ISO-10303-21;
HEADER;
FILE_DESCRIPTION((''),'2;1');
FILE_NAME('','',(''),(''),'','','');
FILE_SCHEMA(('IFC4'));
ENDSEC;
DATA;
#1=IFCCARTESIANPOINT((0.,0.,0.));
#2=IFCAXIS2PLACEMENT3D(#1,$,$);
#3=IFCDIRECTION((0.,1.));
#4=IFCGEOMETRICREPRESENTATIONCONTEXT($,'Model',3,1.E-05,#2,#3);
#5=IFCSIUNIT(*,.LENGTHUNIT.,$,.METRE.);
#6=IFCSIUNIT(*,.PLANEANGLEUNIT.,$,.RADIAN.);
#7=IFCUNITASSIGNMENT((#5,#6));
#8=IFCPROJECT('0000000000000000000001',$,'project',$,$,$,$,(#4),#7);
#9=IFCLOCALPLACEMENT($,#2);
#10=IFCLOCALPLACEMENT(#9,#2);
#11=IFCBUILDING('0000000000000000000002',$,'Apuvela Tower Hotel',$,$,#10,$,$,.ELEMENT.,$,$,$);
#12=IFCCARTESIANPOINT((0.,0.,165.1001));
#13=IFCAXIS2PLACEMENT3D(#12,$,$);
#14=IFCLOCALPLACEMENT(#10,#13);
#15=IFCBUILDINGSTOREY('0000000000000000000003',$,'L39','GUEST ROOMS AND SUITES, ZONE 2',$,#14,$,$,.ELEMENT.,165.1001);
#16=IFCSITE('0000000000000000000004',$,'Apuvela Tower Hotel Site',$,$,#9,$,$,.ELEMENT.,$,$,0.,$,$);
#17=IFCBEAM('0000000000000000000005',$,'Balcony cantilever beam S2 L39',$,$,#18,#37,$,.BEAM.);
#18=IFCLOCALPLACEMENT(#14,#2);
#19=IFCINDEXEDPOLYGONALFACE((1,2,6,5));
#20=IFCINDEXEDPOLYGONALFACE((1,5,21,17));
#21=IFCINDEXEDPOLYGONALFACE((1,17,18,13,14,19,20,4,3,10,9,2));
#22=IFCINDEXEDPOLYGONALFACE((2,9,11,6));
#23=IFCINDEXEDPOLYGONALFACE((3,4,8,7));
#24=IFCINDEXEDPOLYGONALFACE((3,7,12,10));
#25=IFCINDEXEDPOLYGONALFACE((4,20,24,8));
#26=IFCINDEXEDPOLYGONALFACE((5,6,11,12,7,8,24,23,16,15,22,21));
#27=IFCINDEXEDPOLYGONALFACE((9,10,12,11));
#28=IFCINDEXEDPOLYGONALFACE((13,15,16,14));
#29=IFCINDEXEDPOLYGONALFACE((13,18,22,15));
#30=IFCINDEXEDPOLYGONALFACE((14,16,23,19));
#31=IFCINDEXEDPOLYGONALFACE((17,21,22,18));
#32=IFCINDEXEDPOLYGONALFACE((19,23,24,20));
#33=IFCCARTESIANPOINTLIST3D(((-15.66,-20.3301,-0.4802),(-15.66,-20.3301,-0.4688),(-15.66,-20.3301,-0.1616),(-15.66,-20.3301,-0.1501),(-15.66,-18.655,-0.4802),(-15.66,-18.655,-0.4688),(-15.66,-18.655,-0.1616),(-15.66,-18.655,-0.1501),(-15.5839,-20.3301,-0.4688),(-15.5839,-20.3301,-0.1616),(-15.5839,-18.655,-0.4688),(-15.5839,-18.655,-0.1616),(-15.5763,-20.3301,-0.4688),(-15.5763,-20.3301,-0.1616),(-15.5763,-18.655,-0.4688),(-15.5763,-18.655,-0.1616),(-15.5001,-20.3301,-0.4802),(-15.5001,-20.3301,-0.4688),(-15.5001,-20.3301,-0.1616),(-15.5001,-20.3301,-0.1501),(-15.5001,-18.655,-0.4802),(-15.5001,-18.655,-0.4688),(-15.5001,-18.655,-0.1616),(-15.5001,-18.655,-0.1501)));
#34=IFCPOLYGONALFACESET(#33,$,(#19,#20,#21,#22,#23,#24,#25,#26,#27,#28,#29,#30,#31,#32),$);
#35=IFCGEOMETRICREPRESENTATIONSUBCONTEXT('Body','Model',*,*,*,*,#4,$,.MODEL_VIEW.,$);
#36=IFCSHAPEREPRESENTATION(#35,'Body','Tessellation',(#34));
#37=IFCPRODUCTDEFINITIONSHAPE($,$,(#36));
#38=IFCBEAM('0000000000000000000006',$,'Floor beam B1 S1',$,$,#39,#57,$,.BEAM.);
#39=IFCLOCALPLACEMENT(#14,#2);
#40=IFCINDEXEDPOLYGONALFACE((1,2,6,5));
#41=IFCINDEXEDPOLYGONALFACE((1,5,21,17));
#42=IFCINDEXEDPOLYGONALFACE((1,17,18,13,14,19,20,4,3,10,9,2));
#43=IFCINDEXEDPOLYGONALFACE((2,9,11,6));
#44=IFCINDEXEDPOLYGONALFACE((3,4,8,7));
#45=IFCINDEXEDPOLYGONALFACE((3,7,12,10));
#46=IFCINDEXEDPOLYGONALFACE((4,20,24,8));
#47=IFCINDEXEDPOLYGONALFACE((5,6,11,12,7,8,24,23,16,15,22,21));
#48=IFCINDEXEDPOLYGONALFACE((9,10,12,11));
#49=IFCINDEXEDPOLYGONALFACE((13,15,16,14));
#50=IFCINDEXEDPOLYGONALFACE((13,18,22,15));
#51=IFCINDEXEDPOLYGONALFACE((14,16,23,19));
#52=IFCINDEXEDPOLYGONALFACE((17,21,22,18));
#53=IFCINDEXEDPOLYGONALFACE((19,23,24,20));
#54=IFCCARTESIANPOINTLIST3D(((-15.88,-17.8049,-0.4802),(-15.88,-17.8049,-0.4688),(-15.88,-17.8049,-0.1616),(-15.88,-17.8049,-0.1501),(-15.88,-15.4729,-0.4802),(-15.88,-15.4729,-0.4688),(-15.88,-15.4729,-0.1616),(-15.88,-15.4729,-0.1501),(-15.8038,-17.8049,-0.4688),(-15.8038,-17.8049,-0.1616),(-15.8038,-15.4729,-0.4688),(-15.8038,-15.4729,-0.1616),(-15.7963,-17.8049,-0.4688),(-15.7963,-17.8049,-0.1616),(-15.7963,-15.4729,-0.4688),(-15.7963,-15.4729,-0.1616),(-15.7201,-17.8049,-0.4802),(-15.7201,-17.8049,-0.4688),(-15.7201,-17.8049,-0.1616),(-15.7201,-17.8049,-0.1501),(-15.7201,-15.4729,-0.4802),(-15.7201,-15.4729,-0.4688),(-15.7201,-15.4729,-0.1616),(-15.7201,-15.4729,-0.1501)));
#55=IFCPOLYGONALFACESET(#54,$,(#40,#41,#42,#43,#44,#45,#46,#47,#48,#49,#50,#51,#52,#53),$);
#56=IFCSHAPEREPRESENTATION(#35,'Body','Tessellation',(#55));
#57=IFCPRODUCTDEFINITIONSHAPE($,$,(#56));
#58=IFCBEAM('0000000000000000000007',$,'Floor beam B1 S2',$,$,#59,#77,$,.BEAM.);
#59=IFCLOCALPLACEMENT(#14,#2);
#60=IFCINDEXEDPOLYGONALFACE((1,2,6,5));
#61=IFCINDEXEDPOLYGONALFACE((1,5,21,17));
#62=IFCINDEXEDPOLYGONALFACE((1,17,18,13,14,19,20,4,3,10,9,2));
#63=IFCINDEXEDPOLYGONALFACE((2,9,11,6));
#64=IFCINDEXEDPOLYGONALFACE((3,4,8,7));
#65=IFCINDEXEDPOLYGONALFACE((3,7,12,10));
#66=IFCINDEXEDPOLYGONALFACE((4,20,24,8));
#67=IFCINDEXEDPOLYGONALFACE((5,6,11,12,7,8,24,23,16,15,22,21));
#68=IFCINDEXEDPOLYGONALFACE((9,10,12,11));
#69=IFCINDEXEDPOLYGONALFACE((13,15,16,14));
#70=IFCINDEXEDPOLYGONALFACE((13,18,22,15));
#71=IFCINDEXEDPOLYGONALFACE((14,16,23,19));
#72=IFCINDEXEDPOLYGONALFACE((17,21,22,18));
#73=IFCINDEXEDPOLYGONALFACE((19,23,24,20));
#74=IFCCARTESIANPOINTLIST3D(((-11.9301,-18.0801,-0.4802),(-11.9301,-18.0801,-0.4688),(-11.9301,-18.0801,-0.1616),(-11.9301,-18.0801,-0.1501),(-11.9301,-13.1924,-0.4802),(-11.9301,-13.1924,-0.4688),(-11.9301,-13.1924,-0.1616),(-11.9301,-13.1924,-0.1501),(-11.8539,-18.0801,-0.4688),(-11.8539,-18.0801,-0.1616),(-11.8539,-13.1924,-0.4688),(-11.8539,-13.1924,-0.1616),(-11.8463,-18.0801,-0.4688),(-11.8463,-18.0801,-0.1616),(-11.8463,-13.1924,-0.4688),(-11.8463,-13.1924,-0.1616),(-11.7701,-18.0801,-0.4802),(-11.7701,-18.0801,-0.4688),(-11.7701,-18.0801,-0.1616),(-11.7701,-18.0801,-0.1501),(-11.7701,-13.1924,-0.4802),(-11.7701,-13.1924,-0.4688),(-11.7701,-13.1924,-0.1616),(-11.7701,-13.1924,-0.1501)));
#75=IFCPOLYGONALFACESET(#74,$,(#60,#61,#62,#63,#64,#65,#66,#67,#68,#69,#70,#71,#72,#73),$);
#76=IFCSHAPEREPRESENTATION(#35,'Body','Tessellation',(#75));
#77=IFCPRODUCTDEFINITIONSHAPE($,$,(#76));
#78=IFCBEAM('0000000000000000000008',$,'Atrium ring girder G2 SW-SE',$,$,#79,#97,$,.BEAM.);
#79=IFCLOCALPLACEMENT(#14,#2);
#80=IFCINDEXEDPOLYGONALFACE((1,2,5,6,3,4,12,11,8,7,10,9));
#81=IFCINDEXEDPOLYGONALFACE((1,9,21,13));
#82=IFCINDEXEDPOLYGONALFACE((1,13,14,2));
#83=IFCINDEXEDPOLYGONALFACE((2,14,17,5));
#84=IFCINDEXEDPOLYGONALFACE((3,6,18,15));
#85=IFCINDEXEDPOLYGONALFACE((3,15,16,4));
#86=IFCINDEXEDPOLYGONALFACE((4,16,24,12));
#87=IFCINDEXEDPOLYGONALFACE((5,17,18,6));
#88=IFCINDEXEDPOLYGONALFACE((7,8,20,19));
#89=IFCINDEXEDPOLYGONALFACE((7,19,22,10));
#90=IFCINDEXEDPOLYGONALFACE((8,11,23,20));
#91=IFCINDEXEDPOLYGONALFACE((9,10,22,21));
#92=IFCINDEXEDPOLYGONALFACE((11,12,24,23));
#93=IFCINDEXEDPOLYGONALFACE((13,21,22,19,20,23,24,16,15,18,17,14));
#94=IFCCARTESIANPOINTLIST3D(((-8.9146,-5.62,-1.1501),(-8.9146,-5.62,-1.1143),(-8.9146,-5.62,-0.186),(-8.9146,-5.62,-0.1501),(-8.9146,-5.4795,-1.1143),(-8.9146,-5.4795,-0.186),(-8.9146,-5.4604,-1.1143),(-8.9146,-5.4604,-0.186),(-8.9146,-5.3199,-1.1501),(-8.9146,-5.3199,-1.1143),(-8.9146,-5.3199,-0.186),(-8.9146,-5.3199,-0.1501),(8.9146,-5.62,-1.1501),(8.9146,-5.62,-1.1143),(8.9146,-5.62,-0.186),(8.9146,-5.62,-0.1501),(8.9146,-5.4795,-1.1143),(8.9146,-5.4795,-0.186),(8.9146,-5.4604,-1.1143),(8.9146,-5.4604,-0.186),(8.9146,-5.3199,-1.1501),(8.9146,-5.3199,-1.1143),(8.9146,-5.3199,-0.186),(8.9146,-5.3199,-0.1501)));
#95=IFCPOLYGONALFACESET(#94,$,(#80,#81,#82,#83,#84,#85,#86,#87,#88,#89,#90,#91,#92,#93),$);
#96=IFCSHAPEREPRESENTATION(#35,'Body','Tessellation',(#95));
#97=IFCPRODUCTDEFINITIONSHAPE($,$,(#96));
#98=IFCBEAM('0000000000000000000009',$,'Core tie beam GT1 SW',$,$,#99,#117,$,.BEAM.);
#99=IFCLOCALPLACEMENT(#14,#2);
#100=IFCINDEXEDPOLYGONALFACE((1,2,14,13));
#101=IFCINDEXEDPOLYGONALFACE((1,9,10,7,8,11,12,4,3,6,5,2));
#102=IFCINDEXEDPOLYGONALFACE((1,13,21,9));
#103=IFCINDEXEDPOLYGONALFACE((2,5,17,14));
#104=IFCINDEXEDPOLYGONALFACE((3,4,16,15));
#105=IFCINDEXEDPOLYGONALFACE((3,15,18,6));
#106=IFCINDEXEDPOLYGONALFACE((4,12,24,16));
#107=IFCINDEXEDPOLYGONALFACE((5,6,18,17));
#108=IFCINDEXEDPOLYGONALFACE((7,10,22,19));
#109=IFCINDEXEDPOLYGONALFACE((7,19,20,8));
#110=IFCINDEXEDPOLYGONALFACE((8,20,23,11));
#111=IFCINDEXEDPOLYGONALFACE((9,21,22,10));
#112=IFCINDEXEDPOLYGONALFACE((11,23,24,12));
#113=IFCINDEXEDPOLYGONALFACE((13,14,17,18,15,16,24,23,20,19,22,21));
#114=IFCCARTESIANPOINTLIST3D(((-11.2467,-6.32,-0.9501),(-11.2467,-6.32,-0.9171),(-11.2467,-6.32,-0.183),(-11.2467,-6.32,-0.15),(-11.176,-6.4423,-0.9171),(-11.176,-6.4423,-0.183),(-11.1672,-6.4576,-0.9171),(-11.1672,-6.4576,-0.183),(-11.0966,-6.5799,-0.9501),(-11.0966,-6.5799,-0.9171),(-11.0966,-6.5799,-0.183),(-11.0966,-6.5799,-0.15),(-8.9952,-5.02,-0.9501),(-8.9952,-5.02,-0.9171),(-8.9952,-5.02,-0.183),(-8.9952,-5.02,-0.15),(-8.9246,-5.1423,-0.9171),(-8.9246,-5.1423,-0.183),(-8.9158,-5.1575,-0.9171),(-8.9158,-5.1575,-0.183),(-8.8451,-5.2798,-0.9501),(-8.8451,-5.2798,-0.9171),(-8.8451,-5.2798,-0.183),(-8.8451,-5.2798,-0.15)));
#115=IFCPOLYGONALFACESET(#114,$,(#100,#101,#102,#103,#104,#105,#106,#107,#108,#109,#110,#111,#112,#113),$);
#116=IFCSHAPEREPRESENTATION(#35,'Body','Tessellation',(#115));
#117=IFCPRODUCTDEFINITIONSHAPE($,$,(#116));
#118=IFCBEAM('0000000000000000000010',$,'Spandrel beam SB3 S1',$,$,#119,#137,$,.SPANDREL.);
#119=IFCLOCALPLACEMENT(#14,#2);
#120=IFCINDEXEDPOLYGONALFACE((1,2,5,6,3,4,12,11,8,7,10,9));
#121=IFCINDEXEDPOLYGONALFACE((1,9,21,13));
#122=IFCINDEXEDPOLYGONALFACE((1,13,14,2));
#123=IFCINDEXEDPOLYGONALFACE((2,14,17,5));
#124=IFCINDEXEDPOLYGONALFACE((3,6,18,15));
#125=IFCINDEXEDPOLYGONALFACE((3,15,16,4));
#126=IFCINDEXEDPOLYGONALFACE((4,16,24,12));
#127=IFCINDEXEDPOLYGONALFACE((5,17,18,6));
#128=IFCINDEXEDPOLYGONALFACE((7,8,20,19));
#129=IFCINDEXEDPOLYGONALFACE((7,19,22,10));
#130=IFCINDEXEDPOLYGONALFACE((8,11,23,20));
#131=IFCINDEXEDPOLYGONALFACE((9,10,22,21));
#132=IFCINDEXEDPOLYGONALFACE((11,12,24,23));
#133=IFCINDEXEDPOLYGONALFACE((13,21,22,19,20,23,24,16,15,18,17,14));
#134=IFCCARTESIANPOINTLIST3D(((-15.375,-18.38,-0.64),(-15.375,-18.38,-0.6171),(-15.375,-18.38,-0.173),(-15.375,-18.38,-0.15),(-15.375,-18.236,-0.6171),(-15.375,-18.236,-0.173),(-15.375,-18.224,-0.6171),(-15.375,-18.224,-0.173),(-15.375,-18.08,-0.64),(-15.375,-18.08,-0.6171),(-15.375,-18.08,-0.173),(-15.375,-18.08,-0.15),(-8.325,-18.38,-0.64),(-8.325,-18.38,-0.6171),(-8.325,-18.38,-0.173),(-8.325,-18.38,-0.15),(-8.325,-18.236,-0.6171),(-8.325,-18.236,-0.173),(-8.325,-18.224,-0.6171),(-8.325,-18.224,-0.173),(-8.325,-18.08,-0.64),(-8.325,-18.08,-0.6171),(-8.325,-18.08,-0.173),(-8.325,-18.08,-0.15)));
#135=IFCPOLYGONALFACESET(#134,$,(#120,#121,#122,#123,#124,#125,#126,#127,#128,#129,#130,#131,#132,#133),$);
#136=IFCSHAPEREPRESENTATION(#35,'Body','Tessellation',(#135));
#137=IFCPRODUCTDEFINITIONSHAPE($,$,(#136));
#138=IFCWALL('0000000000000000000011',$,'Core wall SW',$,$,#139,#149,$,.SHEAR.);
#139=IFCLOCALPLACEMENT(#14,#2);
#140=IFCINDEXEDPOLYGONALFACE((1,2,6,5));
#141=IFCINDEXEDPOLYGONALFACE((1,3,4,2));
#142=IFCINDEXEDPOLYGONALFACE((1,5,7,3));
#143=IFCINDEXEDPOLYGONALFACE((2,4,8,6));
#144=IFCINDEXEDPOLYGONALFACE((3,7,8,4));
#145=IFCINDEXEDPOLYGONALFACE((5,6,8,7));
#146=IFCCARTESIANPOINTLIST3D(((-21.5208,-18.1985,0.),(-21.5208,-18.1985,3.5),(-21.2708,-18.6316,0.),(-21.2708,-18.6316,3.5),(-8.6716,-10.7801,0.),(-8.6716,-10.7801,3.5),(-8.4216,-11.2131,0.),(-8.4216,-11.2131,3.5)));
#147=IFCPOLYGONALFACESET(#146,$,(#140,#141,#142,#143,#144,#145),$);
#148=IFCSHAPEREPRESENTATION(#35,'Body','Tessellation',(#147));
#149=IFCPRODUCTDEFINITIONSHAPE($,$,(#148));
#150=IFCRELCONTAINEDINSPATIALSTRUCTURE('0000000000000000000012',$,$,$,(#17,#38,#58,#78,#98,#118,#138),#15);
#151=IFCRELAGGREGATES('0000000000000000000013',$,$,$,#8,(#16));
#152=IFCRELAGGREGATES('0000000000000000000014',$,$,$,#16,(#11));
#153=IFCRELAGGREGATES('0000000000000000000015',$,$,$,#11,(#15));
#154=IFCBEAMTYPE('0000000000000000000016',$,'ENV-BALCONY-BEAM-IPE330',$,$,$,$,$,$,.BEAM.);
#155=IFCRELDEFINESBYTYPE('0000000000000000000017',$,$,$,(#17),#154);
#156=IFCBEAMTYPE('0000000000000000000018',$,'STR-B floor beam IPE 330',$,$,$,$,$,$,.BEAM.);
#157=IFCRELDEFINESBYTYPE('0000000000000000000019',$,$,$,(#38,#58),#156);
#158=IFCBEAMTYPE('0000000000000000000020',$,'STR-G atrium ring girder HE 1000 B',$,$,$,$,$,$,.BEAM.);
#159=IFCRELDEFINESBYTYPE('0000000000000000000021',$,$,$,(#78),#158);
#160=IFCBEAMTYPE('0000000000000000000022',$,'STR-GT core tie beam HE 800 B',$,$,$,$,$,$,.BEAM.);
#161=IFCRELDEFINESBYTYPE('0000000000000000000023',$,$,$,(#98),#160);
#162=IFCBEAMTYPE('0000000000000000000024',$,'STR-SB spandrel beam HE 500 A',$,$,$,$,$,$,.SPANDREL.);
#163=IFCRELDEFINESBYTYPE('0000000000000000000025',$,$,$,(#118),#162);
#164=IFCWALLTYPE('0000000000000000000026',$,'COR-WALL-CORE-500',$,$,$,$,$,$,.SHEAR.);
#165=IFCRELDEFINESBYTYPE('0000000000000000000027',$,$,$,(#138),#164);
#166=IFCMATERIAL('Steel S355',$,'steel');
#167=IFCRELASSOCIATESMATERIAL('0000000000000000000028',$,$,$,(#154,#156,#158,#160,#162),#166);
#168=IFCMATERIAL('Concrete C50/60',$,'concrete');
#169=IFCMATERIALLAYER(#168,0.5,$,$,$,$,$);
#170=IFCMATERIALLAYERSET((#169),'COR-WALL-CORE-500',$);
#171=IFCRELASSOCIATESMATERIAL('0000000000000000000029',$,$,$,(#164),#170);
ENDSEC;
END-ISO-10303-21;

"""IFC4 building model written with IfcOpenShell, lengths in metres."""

from ifc_helpers import new_model, si_unit, direction, frame, frame_2d, origin, origin_2d, place, context, subcontext, project, spatial, rectangle, i_section, extrude, material, layer, layer_set, material_profile, profile_set, type_object, element, save


model = new_model("IFC4")

# Units and contexts
model_context = context("Model", 3, precision=1e-05, world=origin(), true_north=direction((0.0, 1.0)))
body_context = subcontext(model_context, "Body", "Model", "MODEL_VIEW")
ifc_project = project(units=[si_unit("LENGTHUNIT", "METRE"), si_unit("PLANEANGLEUNIT", "RADIAN")], contexts=[model_context])

# Site, building, storey
site_placement = place(None, origin())
site = spatial("IfcSite", under=ifc_project, at=site_placement, Name="Apuvela Tower Hotel Site", CompositionType="ELEMENT", RefElevation=0.0)
building_placement = place(site_placement, origin())
building = spatial("IfcBuilding", under=site, at=building_placement, Name="Apuvela Tower Hotel", CompositionType="ELEMENT")
storey_placement = place(building_placement, frame((0.0, 0.0, 165.1001)))
storey = spatial("IfcBuildingStorey", under=building, at=storey_placement, Name="L39", Description="GUEST ROOMS AND SUITES, ZONE 2", CompositionType="ELEMENT", Elevation=165.1001)

# Beams
ifc_material_1 = material(Name="Steel S355", Category="steel")
ifc_material_profile_1 = material_profile(ifc_material_1, i_section(OverallWidth=0.1599, OverallDepth=0.3301, WebThickness=0.0076, FlangeThickness=0.0115, at=origin_2d()), Name="IPE 330")
ifc_profile_set_1 = profile_set([ifc_material_profile_1], Name="Steel S355")
beam_type_1 = type_object("IfcBeamType", Name="ENV-BALCONY-BEAM-IPE330", PredefinedType="BEAM", material=ifc_profile_set_1)
beam_1_placement = place(storey_placement, frame((-15.5801, -18.655, -0.3152), z_axis=(0.0, -1.0, 0.0), x_axis=(1.0, 0.0, 0.0)))
element("IfcBeam", 1, at=beam_1_placement, inside=storey, type_object=beam_type_1, Name="Balcony cantilever beam S2 L39", PredefinedType="BEAM", context=body_context, shape_type="SweptSolid", body=[
    extrude(i_section(OverallWidth=0.1599, OverallDepth=0.3301, WebThickness=0.0076, FlangeThickness=0.0115, at=origin_2d()), origin(), (0.0, 0.0, 1.0), 1.675),
])
ifc_material_profile_2 = material_profile(ifc_material_1, i_section(OverallWidth=0.1599, OverallDepth=0.3301, WebThickness=0.0076, FlangeThickness=0.0115, at=origin_2d()), Name="IPE 330")
ifc_profile_set_2 = profile_set([ifc_material_profile_2], Name="Steel S355")
beam_type_2 = type_object("IfcBeamType", Name="STR-B floor beam IPE 330", PredefinedType="BEAM", material=ifc_profile_set_2)
beam_2_placement = place(storey_placement, frame((-15.8, -17.8049, -0.3152), z_axis=(0.0, 1.0, 0.0), x_axis=(-1.0, 0.0, 0.0)))
element("IfcBeam", 2, at=beam_2_placement, inside=storey, type_object=beam_type_2, Name="Floor beam B1 S1", PredefinedType="BEAM", context=body_context, shape_type="SweptSolid", body=[
    extrude(i_section(OverallWidth=0.1599, OverallDepth=0.3301, WebThickness=0.0076, FlangeThickness=0.0115, at=origin_2d()), origin(), (0.0, 0.0, 1.0), 2.332),
])
beam_3_placement = place(storey_placement, frame((-11.8501, -18.0801, -0.3152), z_axis=(0.0, 1.0, 0.0), x_axis=(-1.0, 0.0, 0.0)))
element("IfcBeam", 3, at=beam_3_placement, inside=storey, type_object=beam_type_2, Name="Floor beam B1 S2", PredefinedType="BEAM", context=body_context, shape_type="SweptSolid", body=[
    extrude(i_section(OverallWidth=0.1599, OverallDepth=0.3301, WebThickness=0.0076, FlangeThickness=0.0115, at=origin_2d()), origin(), (0.0, 0.0, 1.0), 4.8877),
])
ifc_material_profile_3 = material_profile(ifc_material_1, i_section(OverallWidth=0.3, OverallDepth=1.0, WebThickness=0.019, FlangeThickness=0.0359, at=origin_2d()), Name="HE 1000 B")
ifc_profile_set_3 = profile_set([ifc_material_profile_3], Name="Steel S355")
beam_type_3 = type_object("IfcBeamType", Name="STR-G atrium ring girder HE 1000 B", PredefinedType="BEAM", material=ifc_profile_set_3)
beam_4_placement = place(storey_placement, frame((-8.9146, -5.47, -0.6501), z_axis=(1.0, 0.0, 0.0), x_axis=(0.0, 1.0, 0.0)))
element("IfcBeam", 4, at=beam_4_placement, inside=storey, type_object=beam_type_3, Name="Atrium ring girder G2 SW-SE", PredefinedType="BEAM", context=body_context, shape_type="SweptSolid", body=[
    extrude(i_section(OverallWidth=0.3, OverallDepth=1.0, WebThickness=0.019, FlangeThickness=0.0359, at=origin_2d()), origin(), (0.0, 0.0, 1.0), 17.8291),
])
ifc_material_profile_4 = material_profile(ifc_material_1, i_section(OverallWidth=0.3, OverallDepth=0.8, WebThickness=0.0176, FlangeThickness=0.033, at=origin_2d()), Name="HE 800 B")
ifc_profile_set_4 = profile_set([ifc_material_profile_4], Name="Steel S355")
beam_type_4 = type_object("IfcBeamType", Name="STR-GT core tie beam HE 800 B", PredefinedType="BEAM", material=ifc_profile_set_4)
beam_5_placement = place(storey_placement, frame((-11.1716, -6.45, -0.55), z_axis=(0.865998, 0.500048, 0.0), x_axis=(-0.500048, 0.865998, 0.0)))
element("IfcBeam", 5, at=beam_5_placement, inside=storey, type_object=beam_type_4, Name="Core tie beam GT1 SW", PredefinedType="BEAM", context=body_context, shape_type="SweptSolid", body=[
    extrude(i_section(OverallWidth=0.3, OverallDepth=0.8, WebThickness=0.0176, FlangeThickness=0.033, at=origin_2d()), origin(), (0.0, 0.0, 1.0), 2.5999),
])
ifc_material_profile_5 = material_profile(ifc_material_1, i_section(OverallWidth=0.3, OverallDepth=0.49, WebThickness=0.012, FlangeThickness=0.0229, at=origin_2d()), Name="HE 500 A")
ifc_profile_set_5 = profile_set([ifc_material_profile_5], Name="Steel S355")
beam_type_5 = type_object("IfcBeamType", Name="STR-SB spandrel beam HE 500 A", PredefinedType="SPANDREL", material=ifc_profile_set_5)
beam_6_placement = place(storey_placement, frame((-15.375, -18.23, -0.395), z_axis=(1.0, 0.0, 0.0), x_axis=(0.0, 1.0, 0.0)))
element("IfcBeam", 6, at=beam_6_placement, inside=storey, type_object=beam_type_5, Name="Spandrel beam SB3 S1", PredefinedType="SPANDREL", context=body_context, shape_type="SweptSolid", body=[
    extrude(i_section(OverallWidth=0.3, OverallDepth=0.49, WebThickness=0.012, FlangeThickness=0.0229, at=origin_2d()), origin(), (0.0, 0.0, 1.0), 7.05),
])

# Wall
ifc_material_2 = material(Name="Concrete C50/60", Category="concrete")
ifc_layer_1 = layer(ifc_material_2, 0.5)
ifc_layer_set_1 = layer_set([ifc_layer_1], Name="COR-WALL-CORE-500")
wall_type_1 = type_object("IfcWallType", Name="COR-WALL-CORE-500", PredefinedType="SHEAR", material=ifc_layer_set_1)
wall_1_placement = place(storey_placement, frame((-8.5466, -10.9966, 0.0), z_axis=(0.0, 0.0, 1.0), x_axis=(-0.866025, -0.500001, 0.0)))
element("IfcWall", 7, at=wall_1_placement, inside=storey, type_object=wall_type_1, Name="Core wall SW", PredefinedType="SHEAR", context=body_context, shape_type="SweptSolid", body=[
    extrude(rectangle(XDim=14.8369, YDim=0.5, at=frame_2d((7.4185, 0.0))), origin(), (0.0, 0.0, 1.0), 3.5),
])

save(model, "model.ifc")
